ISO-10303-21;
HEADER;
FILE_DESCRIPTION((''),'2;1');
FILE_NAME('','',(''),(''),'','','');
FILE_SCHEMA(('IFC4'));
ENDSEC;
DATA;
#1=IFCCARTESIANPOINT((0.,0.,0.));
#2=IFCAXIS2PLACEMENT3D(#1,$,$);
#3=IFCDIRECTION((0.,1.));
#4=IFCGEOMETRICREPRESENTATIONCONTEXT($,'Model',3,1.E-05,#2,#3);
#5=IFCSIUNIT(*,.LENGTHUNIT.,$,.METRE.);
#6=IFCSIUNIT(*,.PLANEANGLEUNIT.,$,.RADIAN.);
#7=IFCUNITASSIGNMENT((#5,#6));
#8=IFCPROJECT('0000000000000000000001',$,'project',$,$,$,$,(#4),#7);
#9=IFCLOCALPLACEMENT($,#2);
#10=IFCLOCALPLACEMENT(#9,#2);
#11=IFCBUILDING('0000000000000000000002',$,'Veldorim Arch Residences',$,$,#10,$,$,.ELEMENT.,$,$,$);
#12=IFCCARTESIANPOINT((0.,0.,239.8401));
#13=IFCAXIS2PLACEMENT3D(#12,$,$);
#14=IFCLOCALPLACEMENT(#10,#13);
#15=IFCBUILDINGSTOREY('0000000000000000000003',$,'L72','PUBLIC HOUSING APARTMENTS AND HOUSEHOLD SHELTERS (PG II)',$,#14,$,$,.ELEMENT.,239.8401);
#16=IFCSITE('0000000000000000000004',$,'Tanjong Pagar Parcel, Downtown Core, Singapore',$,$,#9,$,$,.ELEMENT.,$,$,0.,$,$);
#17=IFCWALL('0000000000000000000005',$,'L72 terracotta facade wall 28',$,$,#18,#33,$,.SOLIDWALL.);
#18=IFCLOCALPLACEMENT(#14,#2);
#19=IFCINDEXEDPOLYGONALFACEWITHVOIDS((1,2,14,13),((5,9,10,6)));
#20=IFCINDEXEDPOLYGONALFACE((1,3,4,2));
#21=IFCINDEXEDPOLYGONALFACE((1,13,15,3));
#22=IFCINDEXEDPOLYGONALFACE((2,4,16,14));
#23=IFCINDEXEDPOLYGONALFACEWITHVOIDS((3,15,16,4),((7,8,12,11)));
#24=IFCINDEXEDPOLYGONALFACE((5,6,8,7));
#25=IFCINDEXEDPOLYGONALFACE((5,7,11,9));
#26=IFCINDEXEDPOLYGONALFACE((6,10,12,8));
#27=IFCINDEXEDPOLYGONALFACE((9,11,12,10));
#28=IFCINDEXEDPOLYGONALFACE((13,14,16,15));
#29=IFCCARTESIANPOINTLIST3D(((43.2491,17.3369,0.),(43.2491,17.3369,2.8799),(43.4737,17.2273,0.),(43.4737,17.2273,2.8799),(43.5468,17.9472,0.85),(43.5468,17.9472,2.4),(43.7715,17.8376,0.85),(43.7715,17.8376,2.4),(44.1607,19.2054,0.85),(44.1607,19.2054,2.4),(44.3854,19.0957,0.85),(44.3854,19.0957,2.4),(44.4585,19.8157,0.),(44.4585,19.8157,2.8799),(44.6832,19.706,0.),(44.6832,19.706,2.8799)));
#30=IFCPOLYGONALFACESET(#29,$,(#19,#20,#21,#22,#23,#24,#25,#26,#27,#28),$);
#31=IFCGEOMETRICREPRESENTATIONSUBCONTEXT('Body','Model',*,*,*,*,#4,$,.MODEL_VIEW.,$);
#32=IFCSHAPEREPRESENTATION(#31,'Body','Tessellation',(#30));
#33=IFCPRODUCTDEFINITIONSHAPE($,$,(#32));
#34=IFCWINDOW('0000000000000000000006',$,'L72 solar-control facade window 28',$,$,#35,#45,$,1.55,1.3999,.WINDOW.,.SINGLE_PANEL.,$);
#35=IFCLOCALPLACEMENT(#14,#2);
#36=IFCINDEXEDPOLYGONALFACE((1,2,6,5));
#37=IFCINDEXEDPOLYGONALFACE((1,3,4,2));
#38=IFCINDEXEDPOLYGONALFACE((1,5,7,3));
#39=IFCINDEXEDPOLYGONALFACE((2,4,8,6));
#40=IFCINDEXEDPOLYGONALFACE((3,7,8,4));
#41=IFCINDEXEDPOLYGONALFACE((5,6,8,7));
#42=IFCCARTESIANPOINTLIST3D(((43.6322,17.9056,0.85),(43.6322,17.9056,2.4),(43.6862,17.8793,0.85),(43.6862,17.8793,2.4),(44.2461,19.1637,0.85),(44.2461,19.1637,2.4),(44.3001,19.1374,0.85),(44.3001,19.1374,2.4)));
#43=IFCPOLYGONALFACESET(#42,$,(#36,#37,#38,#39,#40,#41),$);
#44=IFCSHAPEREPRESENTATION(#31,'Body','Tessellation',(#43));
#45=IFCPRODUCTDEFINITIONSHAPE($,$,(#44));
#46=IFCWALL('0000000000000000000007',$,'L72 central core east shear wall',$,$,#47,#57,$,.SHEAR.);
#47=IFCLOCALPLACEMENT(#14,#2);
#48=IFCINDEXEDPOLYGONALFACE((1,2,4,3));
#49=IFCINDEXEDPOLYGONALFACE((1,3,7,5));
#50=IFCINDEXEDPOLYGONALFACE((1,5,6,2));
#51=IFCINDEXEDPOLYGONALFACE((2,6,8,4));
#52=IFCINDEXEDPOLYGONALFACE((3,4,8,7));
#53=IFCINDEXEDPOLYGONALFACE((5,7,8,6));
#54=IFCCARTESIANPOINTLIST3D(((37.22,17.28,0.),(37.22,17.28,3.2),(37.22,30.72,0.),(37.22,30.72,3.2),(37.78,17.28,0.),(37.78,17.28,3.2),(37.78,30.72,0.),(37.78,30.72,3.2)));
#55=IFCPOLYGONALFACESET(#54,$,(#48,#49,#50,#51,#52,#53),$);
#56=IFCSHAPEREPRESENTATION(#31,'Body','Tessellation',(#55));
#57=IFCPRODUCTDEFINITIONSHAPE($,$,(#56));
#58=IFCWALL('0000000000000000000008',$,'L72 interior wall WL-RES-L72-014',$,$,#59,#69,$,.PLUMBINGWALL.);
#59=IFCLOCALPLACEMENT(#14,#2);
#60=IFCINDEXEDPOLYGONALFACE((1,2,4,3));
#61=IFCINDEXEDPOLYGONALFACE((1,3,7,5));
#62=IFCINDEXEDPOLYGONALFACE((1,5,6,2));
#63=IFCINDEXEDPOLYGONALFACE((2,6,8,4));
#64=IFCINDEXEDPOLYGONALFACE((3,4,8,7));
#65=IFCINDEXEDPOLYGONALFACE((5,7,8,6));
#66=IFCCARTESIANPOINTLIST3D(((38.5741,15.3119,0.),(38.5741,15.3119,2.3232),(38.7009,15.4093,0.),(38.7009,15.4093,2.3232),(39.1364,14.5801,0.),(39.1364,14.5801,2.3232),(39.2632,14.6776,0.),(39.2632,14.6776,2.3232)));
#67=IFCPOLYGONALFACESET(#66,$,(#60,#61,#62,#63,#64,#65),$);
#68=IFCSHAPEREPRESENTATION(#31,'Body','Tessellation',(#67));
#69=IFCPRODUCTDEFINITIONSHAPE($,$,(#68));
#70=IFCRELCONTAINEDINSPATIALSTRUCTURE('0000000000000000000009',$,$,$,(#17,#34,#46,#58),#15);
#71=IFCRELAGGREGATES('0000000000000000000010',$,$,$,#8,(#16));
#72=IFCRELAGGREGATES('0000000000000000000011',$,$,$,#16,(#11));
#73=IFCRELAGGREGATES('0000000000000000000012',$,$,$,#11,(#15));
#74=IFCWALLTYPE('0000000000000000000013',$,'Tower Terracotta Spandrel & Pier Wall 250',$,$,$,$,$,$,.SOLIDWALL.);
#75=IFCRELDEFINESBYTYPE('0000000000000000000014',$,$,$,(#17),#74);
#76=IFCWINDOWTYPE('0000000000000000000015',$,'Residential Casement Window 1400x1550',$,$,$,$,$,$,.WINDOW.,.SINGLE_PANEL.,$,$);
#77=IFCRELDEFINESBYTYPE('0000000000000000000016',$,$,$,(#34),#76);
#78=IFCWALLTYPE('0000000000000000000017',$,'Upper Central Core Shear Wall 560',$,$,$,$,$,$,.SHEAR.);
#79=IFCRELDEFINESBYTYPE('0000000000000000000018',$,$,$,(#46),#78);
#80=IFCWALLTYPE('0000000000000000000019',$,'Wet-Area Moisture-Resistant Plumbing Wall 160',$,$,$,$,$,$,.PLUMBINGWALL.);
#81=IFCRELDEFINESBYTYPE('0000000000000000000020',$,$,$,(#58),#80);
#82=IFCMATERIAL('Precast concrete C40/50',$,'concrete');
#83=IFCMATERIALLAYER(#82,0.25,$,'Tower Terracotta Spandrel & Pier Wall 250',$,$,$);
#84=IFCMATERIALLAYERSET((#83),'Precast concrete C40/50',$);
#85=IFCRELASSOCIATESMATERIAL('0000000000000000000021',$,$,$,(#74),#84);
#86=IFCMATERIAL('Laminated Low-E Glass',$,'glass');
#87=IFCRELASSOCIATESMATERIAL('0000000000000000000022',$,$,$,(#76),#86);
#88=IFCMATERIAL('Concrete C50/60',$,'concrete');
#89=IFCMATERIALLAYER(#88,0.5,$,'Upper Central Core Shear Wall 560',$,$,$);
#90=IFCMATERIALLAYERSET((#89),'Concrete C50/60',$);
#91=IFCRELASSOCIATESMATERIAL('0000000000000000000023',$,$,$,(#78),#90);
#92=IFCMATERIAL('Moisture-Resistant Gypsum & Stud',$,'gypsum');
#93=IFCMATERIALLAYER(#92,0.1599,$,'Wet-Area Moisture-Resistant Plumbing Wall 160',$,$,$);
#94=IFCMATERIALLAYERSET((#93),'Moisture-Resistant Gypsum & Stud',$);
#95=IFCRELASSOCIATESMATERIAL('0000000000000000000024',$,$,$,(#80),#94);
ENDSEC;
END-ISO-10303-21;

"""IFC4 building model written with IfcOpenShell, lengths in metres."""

from ifc_helpers import new_model, si_unit, direction, frame, frame_2d, origin, place, context, subcontext, project, spatial, rectangle, extrude, material, layer, layer_set, type_object, element, fill, save


model = new_model("IFC4")

# Units and contexts
model_context = context("Model", 3, precision=1e-05, world=origin(), true_north=direction((0.0, 1.0)))
body_context = subcontext(model_context, "Body", "Model", "MODEL_VIEW")
ifc_project = project(units=[si_unit("LENGTHUNIT", "METRE"), si_unit("PLANEANGLEUNIT", "RADIAN")], contexts=[model_context])

# Site, building, storey
site_placement = place(None, origin())
site = spatial("IfcSite", under=ifc_project, at=site_placement, Name="Tanjong Pagar Parcel, Downtown Core, Singapore", CompositionType="ELEMENT", RefElevation=0.0)
building_placement = place(site_placement, origin())
building = spatial("IfcBuilding", under=site, at=building_placement, Name="Veldorim Arch Residences", CompositionType="ELEMENT")
storey_placement = place(building_placement, frame((0.0, 0.0, 239.8401)))
storey = spatial("IfcBuildingStorey", under=building, at=storey_placement, Name="L72", Description="PUBLIC HOUSING APARTMENTS AND HOUSEHOLD SHELTERS (PG II)", CompositionType="ELEMENT", Elevation=239.8401)

# Shared definitions
ifc_material_1 = material(Name="Precast concrete C40/50", Category="concrete")
ifc_layer_1 = layer(ifc_material_1, 0.25, Name="Tower Terracotta Spandrel & Pier Wall 250")
ifc_layer_set_1 = layer_set([ifc_layer_1], Name="Precast concrete C40/50")
wall_type_1 = type_object("IfcWallType", Name="Tower Terracotta Spandrel & Pier Wall 250", PredefinedType="SOLIDWALL", material=ifc_layer_set_1)

# Wall, opening, window
wall_1_placement = place(storey_placement, frame((44.5708, 19.7607, 0.0), z_axis=(0.0, 0.0, 1.0), x_axis=(-0.438518, -0.898723, 0.0)))
wall_1 = element("IfcWall", 1, at=wall_1_placement, inside=storey, type_object=wall_type_1, Name="L72 terracotta facade wall 28", PredefinedType="SOLIDWALL", context=body_context, shape_type="SweptSolid", body=[
    extrude(rectangle(XDim=2.7581, YDim=0.25, at=frame_2d((1.3789, 0.0))), origin(), (0.0, 0.0, 1.0), 2.8799),
])
opening_1_placement = place(wall_1_placement, frame((0.679, 0.0, 0.8501)))
opening_1 = element("IfcOpeningElement", 2, at=opening_1_placement, cuts=wall_1, PredefinedType="OPENING", context=body_context, shape_type="SweptSolid", body=[
    extrude(rectangle(XDim=1.3999, YDim=1.55, at=frame_2d((0.7, 0.7749))), frame((0.0, 0.135, 0.0), z_axis=(0.0, -1.0, 0.0), x_axis=(1.0, 0.0, 0.0)), (0.0, 0.0, 1.0), 0.27),
])
ifc_material_2 = material(Name="Laminated Low-E Glass", Category="glass")
window_type_1 = type_object("IfcWindowType", Name="Residential Casement Window 1400x1550", PartitioningType="SINGLE_PANEL", PredefinedType="WINDOW", material=ifc_material_2)
window_1_placement = place(opening_1_placement, origin())
window_1 = element("IfcWindow", 3, at=window_1_placement, inside=storey, type_object=window_type_1, Name="L72 solar-control facade window 28", OverallHeight=1.55, OverallWidth=1.3999, PartitioningType="SINGLE_PANEL", PredefinedType="WINDOW", context=body_context, shape_type="SweptSolid", body=[
    extrude(rectangle(XDim=1.3999, YDim=1.55, at=frame_2d((0.7, 0.7749))), frame((0.0, 0.03, 0.0), z_axis=(0.0, -1.0, 0.0), x_axis=(1.0, 0.0, 0.0)), (0.0, 0.0, 1.0), 0.0601),
])
fill(opening_1, window_1)

# Walls
ifc_material_3 = material(Name="Concrete C50/60", Category="concrete")
ifc_layer_2 = layer(ifc_material_3, 0.5, Name="Upper Central Core Shear Wall 560")
ifc_layer_set_2 = layer_set([ifc_layer_2], Name="Concrete C50/60")
wall_type_2 = type_object("IfcWallType", Name="Upper Central Core Shear Wall 560", PredefinedType="SHEAR", material=ifc_layer_set_2)
wall_2_placement = place(storey_placement, frame((37.5, 17.28, 0.0), z_axis=(0.0, 0.0, 1.0), x_axis=(0.0, 1.0, 0.0)))
element("IfcWall", 4, at=wall_2_placement, inside=storey, type_object=wall_type_2, Name="L72 central core east shear wall", PredefinedType="SHEAR", context=body_context, shape_type="SweptSolid", body=[
    extrude(rectangle(XDim=13.4399, YDim=0.5601, at=frame_2d((6.72, 0.0))), origin(), (0.0, 0.0, 1.0), 3.2),
])
ifc_material_4 = material(Name="Moisture-Resistant Gypsum & Stud", Category="gypsum")
ifc_layer_3 = layer(ifc_material_4, 0.1599, Name="Wet-Area Moisture-Resistant Plumbing Wall 160")
ifc_layer_set_3 = layer_set([ifc_layer_3], Name="Moisture-Resistant Gypsum & Stud")
wall_type_3 = type_object("IfcWallType", Name="Wet-Area Moisture-Resistant Plumbing Wall 160", PredefinedType="PLUMBINGWALL", material=ifc_layer_set_3)
wall_3_placement = place(storey_placement, frame((38.6375, 15.3606, 0.0), z_axis=(0.0, 0.0, 1.0), x_axis=(0.609314, -0.792929, 0.0)))
element("IfcWall", 5, at=wall_3_placement, inside=storey, type_object=wall_type_3, Name="L72 interior wall WL-RES-L72-014", PredefinedType="PLUMBINGWALL", context=body_context, shape_type="SweptSolid", body=[
    extrude(rectangle(XDim=0.9229, YDim=0.1599, at=frame_2d((0.4614, 0.0))), origin(), (0.0, 0.0, 1.0), 2.3232),
])

save(model, "model.ifc")
